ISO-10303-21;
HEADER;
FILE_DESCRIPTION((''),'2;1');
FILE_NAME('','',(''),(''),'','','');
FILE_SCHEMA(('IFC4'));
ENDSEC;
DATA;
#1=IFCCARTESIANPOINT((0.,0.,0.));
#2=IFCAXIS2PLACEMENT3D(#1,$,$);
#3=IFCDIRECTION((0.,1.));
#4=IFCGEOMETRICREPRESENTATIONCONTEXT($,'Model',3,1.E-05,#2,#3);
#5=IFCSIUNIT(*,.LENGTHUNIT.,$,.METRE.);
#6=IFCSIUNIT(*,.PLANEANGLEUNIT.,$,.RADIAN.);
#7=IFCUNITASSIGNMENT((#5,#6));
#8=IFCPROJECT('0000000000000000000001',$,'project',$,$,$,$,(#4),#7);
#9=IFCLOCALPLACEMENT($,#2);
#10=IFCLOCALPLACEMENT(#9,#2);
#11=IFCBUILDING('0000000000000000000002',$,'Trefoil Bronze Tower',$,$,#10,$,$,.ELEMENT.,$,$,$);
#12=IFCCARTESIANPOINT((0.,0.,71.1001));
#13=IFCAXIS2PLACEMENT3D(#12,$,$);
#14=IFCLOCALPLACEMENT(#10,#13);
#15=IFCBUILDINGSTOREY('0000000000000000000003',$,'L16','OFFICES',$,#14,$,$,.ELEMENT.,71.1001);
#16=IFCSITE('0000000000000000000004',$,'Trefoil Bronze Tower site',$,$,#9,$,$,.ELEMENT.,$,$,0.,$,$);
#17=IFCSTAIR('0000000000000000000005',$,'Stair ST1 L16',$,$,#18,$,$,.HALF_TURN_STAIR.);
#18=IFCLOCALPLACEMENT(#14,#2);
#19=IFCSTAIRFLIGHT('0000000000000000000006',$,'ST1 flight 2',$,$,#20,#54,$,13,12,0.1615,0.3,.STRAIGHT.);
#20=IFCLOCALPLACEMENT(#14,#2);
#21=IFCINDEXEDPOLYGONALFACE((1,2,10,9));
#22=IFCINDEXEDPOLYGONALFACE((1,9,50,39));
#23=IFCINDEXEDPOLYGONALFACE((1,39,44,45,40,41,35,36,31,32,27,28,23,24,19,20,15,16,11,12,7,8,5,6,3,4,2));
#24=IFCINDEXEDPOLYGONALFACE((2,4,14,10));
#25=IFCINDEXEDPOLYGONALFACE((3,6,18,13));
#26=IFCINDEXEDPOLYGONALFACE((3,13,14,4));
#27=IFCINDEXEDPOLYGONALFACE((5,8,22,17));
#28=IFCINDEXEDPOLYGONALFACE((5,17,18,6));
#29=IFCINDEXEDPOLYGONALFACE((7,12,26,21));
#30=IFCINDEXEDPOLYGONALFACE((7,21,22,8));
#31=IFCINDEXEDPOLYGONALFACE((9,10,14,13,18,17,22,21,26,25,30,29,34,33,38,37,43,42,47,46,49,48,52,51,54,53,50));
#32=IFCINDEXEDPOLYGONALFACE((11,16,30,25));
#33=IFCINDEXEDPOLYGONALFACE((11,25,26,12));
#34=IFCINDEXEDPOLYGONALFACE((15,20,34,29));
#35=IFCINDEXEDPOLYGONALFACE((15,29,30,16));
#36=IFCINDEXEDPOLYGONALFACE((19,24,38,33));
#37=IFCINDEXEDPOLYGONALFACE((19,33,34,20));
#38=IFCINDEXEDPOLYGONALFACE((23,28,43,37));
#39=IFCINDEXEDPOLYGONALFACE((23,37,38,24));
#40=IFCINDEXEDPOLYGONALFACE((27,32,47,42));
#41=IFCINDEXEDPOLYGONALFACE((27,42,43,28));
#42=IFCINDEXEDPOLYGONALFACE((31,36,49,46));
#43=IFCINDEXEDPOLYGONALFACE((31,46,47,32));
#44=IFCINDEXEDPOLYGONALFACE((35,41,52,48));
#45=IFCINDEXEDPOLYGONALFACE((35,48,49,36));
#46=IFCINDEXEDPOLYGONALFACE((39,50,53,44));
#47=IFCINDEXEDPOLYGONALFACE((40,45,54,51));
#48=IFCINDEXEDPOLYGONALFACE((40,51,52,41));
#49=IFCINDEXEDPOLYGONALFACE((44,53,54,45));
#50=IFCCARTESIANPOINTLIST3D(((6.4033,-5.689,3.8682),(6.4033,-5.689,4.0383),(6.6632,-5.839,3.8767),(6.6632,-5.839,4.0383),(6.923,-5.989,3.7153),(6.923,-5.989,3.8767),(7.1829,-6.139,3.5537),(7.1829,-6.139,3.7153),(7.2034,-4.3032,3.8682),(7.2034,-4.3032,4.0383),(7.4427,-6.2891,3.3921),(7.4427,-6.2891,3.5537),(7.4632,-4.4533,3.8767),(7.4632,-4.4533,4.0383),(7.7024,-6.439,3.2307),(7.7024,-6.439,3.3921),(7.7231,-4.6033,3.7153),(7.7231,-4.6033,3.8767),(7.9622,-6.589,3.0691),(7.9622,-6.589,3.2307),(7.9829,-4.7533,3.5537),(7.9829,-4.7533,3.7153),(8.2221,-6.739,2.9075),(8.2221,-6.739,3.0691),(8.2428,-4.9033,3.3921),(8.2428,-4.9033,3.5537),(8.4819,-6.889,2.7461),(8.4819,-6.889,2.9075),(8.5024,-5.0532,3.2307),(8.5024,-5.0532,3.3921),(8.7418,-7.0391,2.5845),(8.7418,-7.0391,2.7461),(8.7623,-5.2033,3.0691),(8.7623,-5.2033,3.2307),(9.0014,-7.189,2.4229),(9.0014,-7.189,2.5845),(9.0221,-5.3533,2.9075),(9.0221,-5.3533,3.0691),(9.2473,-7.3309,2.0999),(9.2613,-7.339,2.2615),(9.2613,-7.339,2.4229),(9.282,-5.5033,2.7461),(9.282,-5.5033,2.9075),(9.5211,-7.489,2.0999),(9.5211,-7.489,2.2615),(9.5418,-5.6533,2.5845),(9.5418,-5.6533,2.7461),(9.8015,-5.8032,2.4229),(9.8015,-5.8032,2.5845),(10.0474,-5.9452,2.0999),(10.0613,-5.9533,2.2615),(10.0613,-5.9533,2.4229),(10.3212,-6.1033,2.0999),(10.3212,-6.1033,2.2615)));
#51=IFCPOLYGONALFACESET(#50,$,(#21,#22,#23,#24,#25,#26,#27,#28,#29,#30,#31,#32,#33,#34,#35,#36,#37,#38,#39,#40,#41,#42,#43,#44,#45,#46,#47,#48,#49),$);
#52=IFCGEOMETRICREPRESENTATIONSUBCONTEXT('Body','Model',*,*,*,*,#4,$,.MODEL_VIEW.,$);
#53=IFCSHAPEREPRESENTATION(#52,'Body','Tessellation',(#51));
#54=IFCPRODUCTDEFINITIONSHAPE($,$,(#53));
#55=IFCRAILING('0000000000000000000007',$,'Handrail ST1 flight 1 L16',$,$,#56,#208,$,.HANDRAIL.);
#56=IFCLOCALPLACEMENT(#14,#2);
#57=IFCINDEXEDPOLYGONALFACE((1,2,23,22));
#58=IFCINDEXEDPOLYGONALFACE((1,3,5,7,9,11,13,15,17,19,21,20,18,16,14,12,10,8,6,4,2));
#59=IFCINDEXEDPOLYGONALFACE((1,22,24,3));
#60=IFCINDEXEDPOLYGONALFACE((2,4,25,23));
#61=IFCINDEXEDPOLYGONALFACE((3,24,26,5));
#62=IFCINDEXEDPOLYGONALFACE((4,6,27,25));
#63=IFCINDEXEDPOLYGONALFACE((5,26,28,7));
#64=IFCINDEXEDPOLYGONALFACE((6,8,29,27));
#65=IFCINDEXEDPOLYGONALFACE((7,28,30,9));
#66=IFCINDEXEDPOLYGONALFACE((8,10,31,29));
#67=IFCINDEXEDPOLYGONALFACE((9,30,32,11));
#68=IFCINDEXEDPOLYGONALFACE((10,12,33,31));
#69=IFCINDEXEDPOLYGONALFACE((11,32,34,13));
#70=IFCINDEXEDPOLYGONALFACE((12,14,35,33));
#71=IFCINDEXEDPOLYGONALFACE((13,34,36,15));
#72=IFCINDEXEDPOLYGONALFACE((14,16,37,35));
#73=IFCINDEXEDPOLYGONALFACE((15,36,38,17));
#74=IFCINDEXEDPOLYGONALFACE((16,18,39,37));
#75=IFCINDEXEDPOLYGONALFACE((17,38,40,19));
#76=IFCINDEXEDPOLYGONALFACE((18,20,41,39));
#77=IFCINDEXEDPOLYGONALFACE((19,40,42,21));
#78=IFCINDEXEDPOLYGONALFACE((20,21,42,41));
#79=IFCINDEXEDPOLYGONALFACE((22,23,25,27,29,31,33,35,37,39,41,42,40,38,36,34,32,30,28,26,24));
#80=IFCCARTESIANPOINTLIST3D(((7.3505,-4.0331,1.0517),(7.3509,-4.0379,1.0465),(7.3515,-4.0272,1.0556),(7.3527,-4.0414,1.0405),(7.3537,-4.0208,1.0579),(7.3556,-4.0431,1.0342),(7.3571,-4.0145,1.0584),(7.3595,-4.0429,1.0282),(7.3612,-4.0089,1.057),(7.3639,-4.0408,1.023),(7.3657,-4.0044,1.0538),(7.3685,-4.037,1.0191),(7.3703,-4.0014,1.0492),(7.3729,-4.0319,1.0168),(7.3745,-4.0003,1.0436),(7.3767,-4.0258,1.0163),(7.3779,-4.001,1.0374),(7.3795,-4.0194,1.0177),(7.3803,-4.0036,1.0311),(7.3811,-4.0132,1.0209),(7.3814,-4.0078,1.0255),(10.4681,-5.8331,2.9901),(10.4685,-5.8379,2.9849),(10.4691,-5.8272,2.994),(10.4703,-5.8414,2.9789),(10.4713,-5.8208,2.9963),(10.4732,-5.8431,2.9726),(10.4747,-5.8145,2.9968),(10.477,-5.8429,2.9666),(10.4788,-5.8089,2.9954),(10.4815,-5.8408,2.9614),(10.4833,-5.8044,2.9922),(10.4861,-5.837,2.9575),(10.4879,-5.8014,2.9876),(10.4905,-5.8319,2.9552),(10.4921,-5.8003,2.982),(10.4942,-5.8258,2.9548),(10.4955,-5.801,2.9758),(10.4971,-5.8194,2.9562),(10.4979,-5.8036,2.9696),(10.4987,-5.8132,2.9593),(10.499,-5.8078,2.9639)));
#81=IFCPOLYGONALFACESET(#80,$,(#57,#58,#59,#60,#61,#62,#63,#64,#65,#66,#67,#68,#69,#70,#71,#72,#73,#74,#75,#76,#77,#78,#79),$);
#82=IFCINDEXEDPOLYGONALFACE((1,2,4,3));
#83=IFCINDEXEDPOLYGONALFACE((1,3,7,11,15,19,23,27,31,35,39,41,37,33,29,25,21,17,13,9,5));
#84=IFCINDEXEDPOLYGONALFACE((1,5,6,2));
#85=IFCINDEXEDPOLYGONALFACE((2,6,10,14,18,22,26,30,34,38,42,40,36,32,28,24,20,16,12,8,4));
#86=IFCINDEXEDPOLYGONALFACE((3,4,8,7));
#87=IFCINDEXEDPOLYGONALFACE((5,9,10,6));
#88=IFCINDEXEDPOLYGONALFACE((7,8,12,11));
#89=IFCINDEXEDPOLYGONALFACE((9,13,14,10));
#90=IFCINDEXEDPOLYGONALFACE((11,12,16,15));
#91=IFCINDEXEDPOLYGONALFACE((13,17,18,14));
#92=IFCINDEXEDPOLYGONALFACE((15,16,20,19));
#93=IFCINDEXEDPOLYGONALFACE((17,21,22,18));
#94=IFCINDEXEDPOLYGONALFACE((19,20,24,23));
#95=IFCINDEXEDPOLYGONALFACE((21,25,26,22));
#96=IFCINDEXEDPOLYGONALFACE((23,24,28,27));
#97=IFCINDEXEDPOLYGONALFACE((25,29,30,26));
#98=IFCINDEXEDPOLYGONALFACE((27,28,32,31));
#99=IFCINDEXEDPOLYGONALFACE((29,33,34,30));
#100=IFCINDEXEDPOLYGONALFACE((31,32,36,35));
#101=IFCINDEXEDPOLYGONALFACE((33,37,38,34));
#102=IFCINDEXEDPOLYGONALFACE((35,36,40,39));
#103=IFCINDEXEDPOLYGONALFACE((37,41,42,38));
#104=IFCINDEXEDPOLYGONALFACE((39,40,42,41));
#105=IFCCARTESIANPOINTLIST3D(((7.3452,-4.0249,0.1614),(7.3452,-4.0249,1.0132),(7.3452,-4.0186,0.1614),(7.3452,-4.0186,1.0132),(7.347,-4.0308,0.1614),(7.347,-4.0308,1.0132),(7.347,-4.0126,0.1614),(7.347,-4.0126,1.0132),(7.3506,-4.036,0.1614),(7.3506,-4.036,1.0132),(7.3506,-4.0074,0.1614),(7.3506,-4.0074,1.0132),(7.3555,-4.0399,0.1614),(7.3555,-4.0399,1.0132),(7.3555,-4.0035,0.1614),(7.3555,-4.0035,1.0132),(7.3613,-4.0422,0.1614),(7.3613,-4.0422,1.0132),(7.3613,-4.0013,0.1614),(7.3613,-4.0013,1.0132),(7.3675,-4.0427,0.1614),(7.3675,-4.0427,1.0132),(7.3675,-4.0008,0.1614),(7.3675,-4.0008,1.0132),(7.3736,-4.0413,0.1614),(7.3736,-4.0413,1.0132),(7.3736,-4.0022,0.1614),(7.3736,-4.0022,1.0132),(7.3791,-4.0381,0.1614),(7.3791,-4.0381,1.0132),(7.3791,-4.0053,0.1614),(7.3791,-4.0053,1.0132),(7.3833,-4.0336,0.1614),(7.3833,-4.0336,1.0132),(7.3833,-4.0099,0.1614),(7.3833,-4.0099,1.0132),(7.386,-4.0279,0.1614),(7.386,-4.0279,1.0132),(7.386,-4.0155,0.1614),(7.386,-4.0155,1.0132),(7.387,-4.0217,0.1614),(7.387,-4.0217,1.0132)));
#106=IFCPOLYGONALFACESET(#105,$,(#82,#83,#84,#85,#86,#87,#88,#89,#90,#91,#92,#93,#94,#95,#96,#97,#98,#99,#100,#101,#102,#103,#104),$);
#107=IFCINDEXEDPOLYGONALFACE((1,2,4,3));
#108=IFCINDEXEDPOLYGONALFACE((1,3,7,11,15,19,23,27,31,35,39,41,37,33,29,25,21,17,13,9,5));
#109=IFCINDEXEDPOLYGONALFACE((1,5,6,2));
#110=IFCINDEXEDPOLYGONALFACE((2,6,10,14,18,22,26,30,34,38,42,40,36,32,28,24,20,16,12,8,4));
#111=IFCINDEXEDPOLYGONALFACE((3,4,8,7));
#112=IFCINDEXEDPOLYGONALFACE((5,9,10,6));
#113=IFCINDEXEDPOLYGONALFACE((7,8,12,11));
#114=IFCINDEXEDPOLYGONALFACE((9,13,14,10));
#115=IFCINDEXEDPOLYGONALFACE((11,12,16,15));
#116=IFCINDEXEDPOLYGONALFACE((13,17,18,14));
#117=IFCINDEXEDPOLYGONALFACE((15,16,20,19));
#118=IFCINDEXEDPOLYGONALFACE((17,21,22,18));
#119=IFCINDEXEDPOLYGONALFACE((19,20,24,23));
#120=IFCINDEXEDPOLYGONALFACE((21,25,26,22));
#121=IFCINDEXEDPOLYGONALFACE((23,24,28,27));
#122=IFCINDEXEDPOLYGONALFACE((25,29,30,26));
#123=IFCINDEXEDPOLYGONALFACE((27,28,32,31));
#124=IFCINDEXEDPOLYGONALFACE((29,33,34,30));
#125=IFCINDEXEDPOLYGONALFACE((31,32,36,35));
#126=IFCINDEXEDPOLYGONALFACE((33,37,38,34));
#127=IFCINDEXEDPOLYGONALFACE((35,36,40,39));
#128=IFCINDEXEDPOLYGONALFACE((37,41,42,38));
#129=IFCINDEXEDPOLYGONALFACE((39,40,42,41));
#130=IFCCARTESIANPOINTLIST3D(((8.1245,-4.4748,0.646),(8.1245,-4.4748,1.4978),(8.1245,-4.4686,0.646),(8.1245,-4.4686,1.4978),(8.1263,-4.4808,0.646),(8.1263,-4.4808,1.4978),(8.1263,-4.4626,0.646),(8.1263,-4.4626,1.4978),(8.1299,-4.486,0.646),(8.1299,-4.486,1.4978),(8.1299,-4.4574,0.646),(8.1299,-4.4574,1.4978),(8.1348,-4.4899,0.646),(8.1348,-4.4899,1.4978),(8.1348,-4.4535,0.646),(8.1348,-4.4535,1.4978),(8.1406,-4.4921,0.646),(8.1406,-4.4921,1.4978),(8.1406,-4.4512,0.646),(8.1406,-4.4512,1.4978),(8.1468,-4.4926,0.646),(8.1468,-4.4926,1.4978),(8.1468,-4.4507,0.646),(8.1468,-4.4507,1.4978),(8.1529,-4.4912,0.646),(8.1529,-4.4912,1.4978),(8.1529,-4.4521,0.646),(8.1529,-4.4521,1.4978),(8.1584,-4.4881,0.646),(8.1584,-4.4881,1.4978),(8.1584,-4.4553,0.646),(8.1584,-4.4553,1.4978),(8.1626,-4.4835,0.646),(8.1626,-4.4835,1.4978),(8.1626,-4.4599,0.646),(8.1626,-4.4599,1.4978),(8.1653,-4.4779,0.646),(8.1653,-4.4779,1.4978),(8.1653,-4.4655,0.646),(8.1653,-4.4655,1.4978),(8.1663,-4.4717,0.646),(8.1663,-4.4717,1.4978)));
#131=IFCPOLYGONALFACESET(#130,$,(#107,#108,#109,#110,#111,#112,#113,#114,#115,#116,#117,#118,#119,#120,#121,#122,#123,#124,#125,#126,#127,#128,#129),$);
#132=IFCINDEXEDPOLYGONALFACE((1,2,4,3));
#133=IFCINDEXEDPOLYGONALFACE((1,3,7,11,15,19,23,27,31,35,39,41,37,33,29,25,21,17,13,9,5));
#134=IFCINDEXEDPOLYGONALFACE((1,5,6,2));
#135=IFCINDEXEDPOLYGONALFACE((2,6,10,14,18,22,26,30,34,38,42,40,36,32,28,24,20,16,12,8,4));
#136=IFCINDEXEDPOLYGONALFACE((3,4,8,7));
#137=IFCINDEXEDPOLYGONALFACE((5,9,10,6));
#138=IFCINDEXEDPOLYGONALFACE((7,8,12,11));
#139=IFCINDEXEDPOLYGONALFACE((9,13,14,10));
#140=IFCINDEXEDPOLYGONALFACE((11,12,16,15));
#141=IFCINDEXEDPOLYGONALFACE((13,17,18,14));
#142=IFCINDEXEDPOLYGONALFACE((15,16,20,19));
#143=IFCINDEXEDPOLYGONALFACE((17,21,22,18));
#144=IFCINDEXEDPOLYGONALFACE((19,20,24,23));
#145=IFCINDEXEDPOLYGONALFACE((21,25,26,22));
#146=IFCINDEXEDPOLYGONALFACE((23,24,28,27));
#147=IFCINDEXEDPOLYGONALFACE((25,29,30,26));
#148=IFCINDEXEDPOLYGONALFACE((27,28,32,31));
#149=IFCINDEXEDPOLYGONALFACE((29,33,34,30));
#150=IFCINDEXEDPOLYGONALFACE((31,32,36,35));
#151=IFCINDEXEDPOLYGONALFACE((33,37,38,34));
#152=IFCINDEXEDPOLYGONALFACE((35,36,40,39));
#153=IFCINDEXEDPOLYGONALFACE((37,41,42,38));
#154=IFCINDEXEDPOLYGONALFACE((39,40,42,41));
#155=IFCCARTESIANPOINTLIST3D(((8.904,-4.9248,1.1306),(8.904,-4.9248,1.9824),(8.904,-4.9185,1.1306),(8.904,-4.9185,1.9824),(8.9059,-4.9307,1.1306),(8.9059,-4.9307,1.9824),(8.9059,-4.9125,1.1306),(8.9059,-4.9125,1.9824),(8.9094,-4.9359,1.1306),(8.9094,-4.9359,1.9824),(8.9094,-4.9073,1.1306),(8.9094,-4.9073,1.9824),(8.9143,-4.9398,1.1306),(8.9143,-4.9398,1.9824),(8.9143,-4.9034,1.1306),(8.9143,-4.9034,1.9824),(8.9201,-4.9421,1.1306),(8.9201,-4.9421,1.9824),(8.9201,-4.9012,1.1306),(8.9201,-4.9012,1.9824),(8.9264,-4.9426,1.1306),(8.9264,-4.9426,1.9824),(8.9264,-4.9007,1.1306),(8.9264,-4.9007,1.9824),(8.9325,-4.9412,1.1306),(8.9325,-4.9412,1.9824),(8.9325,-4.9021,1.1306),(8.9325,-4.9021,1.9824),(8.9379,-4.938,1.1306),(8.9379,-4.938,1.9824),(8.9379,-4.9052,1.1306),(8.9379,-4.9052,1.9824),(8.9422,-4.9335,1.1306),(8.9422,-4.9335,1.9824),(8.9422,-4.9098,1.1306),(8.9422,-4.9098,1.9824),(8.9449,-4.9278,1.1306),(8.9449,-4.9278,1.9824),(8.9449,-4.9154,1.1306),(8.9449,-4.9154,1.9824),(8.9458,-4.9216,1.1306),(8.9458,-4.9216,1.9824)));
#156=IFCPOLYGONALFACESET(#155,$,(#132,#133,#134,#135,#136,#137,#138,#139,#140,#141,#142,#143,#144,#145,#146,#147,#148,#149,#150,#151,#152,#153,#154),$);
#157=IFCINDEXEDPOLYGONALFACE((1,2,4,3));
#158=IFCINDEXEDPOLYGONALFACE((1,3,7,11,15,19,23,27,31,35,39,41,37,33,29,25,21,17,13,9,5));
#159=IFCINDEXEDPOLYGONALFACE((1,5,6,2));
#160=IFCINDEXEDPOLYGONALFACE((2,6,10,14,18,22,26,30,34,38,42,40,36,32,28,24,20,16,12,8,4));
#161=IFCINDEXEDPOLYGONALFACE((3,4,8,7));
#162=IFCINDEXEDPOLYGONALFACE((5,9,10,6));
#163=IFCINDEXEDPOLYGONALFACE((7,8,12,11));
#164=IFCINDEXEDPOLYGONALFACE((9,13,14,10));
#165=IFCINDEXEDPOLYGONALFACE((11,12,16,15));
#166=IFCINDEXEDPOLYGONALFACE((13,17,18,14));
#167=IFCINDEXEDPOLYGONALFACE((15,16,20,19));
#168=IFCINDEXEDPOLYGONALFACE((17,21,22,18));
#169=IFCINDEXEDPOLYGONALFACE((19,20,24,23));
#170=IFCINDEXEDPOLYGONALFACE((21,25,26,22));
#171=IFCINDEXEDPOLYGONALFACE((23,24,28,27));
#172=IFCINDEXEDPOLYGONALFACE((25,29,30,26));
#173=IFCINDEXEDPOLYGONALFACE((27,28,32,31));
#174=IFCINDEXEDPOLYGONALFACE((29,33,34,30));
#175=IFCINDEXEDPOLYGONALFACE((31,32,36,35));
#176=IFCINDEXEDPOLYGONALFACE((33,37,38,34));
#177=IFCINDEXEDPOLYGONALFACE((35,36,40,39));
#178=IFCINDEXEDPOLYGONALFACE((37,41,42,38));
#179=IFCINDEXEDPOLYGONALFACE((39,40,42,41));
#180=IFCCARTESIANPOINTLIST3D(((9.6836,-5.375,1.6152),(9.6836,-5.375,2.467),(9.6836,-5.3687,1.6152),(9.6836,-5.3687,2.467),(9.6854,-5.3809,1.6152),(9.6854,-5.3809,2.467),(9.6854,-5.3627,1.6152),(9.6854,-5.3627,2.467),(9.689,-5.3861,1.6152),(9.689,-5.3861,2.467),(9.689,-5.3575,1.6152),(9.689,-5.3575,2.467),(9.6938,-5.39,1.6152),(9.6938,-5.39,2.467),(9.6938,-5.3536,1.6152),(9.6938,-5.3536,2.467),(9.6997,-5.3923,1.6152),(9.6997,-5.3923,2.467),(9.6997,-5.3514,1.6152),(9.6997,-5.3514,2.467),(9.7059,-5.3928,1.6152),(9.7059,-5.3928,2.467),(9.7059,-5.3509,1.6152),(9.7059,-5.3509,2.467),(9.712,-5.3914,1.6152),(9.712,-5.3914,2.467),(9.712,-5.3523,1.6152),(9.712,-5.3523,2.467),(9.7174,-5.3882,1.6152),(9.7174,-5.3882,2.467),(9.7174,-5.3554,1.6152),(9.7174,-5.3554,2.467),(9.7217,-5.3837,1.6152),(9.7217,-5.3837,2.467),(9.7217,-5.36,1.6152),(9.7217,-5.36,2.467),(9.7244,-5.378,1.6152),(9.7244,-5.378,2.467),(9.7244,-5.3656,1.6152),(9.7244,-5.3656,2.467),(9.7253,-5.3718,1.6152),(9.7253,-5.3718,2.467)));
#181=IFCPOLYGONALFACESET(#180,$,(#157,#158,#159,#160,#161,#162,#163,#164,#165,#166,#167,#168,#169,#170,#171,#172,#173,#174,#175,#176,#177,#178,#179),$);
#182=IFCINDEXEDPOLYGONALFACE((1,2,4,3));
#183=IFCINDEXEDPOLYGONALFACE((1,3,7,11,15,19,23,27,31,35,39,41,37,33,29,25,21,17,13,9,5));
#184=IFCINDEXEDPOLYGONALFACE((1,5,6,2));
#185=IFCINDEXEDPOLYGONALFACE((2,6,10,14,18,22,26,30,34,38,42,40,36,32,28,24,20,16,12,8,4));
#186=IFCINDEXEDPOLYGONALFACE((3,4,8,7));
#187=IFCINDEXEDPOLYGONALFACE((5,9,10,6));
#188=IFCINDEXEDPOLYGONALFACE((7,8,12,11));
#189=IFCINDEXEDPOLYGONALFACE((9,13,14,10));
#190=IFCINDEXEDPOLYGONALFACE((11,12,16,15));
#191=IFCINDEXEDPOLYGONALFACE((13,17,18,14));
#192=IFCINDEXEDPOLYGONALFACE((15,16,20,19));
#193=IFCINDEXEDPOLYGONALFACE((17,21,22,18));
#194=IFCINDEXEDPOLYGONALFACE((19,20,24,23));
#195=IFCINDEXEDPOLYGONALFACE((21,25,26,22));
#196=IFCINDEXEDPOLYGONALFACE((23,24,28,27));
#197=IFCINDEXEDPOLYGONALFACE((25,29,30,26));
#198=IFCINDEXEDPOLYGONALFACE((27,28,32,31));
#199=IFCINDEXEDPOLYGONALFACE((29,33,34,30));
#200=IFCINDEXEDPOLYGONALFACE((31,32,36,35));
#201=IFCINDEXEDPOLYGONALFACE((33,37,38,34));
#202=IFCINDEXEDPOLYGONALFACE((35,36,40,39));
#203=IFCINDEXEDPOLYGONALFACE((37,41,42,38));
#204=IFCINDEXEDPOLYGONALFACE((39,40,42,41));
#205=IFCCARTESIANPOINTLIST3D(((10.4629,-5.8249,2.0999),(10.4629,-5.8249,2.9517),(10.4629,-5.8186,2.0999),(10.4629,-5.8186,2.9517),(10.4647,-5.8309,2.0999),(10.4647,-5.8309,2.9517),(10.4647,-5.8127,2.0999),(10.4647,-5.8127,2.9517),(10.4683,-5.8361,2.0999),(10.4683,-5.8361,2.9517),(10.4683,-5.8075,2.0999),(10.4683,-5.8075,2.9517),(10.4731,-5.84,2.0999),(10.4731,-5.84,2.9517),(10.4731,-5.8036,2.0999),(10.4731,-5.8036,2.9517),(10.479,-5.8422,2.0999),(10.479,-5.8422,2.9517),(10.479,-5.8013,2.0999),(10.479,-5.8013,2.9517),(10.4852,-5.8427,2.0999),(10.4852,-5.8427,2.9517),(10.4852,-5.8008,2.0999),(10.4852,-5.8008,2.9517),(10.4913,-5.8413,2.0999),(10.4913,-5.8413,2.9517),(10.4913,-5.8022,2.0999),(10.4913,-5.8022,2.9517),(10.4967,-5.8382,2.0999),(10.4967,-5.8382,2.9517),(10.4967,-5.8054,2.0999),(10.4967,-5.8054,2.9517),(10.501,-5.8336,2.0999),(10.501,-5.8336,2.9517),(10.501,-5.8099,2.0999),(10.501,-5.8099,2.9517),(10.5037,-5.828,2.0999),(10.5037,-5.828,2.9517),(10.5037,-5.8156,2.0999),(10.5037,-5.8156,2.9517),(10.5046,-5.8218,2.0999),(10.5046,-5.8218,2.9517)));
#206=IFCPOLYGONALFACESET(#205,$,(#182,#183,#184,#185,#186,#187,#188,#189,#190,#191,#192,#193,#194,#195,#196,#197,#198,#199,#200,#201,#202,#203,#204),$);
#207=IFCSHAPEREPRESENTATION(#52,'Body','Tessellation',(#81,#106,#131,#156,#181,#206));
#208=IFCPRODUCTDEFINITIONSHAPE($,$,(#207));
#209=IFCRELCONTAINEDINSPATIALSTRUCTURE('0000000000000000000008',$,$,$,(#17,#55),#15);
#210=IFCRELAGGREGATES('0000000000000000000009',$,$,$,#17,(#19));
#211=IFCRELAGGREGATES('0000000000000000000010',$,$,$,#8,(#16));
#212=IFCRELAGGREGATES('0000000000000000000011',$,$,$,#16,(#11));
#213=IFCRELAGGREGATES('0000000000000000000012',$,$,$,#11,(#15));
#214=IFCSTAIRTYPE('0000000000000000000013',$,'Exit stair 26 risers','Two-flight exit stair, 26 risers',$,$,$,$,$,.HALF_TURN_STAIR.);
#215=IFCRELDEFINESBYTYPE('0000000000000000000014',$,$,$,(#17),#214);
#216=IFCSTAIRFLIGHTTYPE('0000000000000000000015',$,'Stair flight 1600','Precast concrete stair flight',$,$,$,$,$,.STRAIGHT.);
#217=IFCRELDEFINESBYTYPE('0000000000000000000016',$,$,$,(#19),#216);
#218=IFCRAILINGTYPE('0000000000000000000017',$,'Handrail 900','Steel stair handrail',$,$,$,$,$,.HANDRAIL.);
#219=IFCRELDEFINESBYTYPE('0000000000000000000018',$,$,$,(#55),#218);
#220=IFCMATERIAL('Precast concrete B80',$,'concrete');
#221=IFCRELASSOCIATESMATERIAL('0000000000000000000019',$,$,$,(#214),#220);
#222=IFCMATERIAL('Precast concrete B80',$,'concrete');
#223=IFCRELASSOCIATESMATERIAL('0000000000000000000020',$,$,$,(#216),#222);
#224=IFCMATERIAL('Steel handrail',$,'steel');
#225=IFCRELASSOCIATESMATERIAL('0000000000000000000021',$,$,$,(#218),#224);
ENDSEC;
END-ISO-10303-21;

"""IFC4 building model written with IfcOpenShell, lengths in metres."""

from ifc_helpers import new_model, si_unit, direction, frame, origin, origin_2d, place, context, subcontext, project, spatial, polyline, circle, outline, extrude, material, type_object, element, aggregate, save


model = new_model("IFC4")

# Units and contexts
model_context = context("Model", 3, precision=1e-05, world=origin(), true_north=direction((0.0, 1.0)))
body_context = subcontext(model_context, "Body", "Model", "MODEL_VIEW")
ifc_project = project(units=[si_unit("LENGTHUNIT", "METRE"), si_unit("PLANEANGLEUNIT", "RADIAN")], contexts=[model_context])

# Site, building, storey
site_placement = place(None, origin())
site = spatial("IfcSite", under=ifc_project, at=site_placement, Name="Trefoil Bronze Tower site", CompositionType="ELEMENT", RefElevation=0.0)
building_placement = place(site_placement, origin())
building = spatial("IfcBuilding", under=site, at=building_placement, Name="Trefoil Bronze Tower", CompositionType="ELEMENT")
storey_placement = place(building_placement, frame((0.0, 0.0, 71.1001)))
storey = spatial("IfcBuildingStorey", under=building, at=storey_placement, Name="L16", Description="OFFICES", CompositionType="ELEMENT", Elevation=71.1001)

# Stair, stair flight
ifc_material_1 = material(Name="Precast concrete B80", Category="concrete")
stair_type = type_object("IfcStairType", Name="Exit stair 26 risers", Description="Two-flight exit stair, 26 risers", PredefinedType="HALF_TURN_STAIR", material=ifc_material_1)
stair_placement = place(storey_placement, origin())
stair = element("IfcStair", 1, at=stair_placement, inside=storey, type_object=stair_type, Name="Stair ST1 L16", PredefinedType="HALF_TURN_STAIR")
ifc_material_2 = material(Name="Precast concrete B80", Category="concrete")
stair_flight_type = type_object("IfcStairFlightType", Name="Stair flight 1600", Description="Precast concrete stair flight", PredefinedType="STRAIGHT", material=ifc_material_2)
stair_flight_1_placement = place(storey_placement, frame((9.9211, -6.7961, 2.0999), z_axis=(0.0, 0.0, 1.0), x_axis=(-0.866025, 0.5, 0.0)))
stair_flight_1 = element("IfcStairFlight", 2, at=stair_flight_1_placement, type_object=stair_flight_type, Name="ST1 flight 2", NumberOfRisers=13, NumberOfTreads=12, PredefinedType="STRAIGHT", RiserHeight=0.1615, TreadLength=0.3, context=body_context, shape_type="SweptSolid", body=[
    extrude(outline(polyline([(0.0, 0.0), (0.0, 0.1616), (0.3, 0.1616), (0.3, 0.323), (0.6001, 0.323), (0.6001, 0.4846), (0.8999, 0.4846), (0.8999, 0.6462), (1.2, 0.6462), (1.2, 0.8076), (1.5, 0.8076), (1.5, 0.9692), (1.8, 0.9692), (1.8, 1.1309), (2.1001, 1.1309), (2.1001, 1.2922), (2.3999, 1.2922), (2.3999, 1.4539), (2.7, 1.4539), (2.7, 1.6155), (3.0, 1.6155), (3.0, 1.7769), (3.3, 1.7769), (3.3, 1.9385), (3.6001, 1.9385), (3.6001, 2.1001), (3.6001, 1.7683), (0.3162, 0.0), (0.0, 0.0)])), frame((0.0, 0.8, 0.0), z_axis=(0.0, -1.0, 0.0), x_axis=(1.0, 0.0, 0.0)), (0.0, 0.0, 1.0), 1.6001),
])
aggregate(stair, [stair_flight_1])

# Railing
ifc_material_3 = material(Name="Steel handrail", Category="steel")
railing_type = type_object("IfcRailingType", Name="Handrail 900", Description="Steel stair handrail", PredefinedType="HANDRAIL", material=ifc_material_3)
railing_1_placement = place(storey_placement, frame((7.366, -4.0217, 0.1614)))
element("IfcRailing", 3, at=railing_1_placement, inside=storey, type_object=railing_type, Name="Handrail ST1 flight 1 L16", PredefinedType="HANDRAIL", context=body_context, shape_type="SweptSolid", body=[
    extrude(circle(Radius=0.0239, at=origin_2d()), frame((0.0, 0.0, 0.876), z_axis=(0.762503, -0.440246, 0.474102), x_axis=(0.500012, 0.866018, 0.0)), (0.0, 0.0, 1.0), 4.0886),
    extrude(circle(Radius=0.021, at=origin_2d()), origin(), (0.0, 0.0, 1.0), 0.8518),
    extrude(circle(Radius=0.021, at=origin_2d()), frame((0.7793, -0.45, 0.4846)), (0.0, 0.0, 1.0), 0.8518),
    extrude(circle(Radius=0.021, at=origin_2d()), frame((1.5588, -0.8999, 0.9692)), (0.0, 0.0, 1.0), 0.8518),
    extrude(circle(Radius=0.021, at=origin_2d()), frame((2.3384, -1.3501, 1.4539)), (0.0, 0.0, 1.0), 0.8518),
    extrude(circle(Radius=0.021, at=origin_2d()), frame((3.1177, -1.8, 1.9385)), (0.0, 0.0, 1.0), 0.8518),
])

save(model, "model.ifc")
